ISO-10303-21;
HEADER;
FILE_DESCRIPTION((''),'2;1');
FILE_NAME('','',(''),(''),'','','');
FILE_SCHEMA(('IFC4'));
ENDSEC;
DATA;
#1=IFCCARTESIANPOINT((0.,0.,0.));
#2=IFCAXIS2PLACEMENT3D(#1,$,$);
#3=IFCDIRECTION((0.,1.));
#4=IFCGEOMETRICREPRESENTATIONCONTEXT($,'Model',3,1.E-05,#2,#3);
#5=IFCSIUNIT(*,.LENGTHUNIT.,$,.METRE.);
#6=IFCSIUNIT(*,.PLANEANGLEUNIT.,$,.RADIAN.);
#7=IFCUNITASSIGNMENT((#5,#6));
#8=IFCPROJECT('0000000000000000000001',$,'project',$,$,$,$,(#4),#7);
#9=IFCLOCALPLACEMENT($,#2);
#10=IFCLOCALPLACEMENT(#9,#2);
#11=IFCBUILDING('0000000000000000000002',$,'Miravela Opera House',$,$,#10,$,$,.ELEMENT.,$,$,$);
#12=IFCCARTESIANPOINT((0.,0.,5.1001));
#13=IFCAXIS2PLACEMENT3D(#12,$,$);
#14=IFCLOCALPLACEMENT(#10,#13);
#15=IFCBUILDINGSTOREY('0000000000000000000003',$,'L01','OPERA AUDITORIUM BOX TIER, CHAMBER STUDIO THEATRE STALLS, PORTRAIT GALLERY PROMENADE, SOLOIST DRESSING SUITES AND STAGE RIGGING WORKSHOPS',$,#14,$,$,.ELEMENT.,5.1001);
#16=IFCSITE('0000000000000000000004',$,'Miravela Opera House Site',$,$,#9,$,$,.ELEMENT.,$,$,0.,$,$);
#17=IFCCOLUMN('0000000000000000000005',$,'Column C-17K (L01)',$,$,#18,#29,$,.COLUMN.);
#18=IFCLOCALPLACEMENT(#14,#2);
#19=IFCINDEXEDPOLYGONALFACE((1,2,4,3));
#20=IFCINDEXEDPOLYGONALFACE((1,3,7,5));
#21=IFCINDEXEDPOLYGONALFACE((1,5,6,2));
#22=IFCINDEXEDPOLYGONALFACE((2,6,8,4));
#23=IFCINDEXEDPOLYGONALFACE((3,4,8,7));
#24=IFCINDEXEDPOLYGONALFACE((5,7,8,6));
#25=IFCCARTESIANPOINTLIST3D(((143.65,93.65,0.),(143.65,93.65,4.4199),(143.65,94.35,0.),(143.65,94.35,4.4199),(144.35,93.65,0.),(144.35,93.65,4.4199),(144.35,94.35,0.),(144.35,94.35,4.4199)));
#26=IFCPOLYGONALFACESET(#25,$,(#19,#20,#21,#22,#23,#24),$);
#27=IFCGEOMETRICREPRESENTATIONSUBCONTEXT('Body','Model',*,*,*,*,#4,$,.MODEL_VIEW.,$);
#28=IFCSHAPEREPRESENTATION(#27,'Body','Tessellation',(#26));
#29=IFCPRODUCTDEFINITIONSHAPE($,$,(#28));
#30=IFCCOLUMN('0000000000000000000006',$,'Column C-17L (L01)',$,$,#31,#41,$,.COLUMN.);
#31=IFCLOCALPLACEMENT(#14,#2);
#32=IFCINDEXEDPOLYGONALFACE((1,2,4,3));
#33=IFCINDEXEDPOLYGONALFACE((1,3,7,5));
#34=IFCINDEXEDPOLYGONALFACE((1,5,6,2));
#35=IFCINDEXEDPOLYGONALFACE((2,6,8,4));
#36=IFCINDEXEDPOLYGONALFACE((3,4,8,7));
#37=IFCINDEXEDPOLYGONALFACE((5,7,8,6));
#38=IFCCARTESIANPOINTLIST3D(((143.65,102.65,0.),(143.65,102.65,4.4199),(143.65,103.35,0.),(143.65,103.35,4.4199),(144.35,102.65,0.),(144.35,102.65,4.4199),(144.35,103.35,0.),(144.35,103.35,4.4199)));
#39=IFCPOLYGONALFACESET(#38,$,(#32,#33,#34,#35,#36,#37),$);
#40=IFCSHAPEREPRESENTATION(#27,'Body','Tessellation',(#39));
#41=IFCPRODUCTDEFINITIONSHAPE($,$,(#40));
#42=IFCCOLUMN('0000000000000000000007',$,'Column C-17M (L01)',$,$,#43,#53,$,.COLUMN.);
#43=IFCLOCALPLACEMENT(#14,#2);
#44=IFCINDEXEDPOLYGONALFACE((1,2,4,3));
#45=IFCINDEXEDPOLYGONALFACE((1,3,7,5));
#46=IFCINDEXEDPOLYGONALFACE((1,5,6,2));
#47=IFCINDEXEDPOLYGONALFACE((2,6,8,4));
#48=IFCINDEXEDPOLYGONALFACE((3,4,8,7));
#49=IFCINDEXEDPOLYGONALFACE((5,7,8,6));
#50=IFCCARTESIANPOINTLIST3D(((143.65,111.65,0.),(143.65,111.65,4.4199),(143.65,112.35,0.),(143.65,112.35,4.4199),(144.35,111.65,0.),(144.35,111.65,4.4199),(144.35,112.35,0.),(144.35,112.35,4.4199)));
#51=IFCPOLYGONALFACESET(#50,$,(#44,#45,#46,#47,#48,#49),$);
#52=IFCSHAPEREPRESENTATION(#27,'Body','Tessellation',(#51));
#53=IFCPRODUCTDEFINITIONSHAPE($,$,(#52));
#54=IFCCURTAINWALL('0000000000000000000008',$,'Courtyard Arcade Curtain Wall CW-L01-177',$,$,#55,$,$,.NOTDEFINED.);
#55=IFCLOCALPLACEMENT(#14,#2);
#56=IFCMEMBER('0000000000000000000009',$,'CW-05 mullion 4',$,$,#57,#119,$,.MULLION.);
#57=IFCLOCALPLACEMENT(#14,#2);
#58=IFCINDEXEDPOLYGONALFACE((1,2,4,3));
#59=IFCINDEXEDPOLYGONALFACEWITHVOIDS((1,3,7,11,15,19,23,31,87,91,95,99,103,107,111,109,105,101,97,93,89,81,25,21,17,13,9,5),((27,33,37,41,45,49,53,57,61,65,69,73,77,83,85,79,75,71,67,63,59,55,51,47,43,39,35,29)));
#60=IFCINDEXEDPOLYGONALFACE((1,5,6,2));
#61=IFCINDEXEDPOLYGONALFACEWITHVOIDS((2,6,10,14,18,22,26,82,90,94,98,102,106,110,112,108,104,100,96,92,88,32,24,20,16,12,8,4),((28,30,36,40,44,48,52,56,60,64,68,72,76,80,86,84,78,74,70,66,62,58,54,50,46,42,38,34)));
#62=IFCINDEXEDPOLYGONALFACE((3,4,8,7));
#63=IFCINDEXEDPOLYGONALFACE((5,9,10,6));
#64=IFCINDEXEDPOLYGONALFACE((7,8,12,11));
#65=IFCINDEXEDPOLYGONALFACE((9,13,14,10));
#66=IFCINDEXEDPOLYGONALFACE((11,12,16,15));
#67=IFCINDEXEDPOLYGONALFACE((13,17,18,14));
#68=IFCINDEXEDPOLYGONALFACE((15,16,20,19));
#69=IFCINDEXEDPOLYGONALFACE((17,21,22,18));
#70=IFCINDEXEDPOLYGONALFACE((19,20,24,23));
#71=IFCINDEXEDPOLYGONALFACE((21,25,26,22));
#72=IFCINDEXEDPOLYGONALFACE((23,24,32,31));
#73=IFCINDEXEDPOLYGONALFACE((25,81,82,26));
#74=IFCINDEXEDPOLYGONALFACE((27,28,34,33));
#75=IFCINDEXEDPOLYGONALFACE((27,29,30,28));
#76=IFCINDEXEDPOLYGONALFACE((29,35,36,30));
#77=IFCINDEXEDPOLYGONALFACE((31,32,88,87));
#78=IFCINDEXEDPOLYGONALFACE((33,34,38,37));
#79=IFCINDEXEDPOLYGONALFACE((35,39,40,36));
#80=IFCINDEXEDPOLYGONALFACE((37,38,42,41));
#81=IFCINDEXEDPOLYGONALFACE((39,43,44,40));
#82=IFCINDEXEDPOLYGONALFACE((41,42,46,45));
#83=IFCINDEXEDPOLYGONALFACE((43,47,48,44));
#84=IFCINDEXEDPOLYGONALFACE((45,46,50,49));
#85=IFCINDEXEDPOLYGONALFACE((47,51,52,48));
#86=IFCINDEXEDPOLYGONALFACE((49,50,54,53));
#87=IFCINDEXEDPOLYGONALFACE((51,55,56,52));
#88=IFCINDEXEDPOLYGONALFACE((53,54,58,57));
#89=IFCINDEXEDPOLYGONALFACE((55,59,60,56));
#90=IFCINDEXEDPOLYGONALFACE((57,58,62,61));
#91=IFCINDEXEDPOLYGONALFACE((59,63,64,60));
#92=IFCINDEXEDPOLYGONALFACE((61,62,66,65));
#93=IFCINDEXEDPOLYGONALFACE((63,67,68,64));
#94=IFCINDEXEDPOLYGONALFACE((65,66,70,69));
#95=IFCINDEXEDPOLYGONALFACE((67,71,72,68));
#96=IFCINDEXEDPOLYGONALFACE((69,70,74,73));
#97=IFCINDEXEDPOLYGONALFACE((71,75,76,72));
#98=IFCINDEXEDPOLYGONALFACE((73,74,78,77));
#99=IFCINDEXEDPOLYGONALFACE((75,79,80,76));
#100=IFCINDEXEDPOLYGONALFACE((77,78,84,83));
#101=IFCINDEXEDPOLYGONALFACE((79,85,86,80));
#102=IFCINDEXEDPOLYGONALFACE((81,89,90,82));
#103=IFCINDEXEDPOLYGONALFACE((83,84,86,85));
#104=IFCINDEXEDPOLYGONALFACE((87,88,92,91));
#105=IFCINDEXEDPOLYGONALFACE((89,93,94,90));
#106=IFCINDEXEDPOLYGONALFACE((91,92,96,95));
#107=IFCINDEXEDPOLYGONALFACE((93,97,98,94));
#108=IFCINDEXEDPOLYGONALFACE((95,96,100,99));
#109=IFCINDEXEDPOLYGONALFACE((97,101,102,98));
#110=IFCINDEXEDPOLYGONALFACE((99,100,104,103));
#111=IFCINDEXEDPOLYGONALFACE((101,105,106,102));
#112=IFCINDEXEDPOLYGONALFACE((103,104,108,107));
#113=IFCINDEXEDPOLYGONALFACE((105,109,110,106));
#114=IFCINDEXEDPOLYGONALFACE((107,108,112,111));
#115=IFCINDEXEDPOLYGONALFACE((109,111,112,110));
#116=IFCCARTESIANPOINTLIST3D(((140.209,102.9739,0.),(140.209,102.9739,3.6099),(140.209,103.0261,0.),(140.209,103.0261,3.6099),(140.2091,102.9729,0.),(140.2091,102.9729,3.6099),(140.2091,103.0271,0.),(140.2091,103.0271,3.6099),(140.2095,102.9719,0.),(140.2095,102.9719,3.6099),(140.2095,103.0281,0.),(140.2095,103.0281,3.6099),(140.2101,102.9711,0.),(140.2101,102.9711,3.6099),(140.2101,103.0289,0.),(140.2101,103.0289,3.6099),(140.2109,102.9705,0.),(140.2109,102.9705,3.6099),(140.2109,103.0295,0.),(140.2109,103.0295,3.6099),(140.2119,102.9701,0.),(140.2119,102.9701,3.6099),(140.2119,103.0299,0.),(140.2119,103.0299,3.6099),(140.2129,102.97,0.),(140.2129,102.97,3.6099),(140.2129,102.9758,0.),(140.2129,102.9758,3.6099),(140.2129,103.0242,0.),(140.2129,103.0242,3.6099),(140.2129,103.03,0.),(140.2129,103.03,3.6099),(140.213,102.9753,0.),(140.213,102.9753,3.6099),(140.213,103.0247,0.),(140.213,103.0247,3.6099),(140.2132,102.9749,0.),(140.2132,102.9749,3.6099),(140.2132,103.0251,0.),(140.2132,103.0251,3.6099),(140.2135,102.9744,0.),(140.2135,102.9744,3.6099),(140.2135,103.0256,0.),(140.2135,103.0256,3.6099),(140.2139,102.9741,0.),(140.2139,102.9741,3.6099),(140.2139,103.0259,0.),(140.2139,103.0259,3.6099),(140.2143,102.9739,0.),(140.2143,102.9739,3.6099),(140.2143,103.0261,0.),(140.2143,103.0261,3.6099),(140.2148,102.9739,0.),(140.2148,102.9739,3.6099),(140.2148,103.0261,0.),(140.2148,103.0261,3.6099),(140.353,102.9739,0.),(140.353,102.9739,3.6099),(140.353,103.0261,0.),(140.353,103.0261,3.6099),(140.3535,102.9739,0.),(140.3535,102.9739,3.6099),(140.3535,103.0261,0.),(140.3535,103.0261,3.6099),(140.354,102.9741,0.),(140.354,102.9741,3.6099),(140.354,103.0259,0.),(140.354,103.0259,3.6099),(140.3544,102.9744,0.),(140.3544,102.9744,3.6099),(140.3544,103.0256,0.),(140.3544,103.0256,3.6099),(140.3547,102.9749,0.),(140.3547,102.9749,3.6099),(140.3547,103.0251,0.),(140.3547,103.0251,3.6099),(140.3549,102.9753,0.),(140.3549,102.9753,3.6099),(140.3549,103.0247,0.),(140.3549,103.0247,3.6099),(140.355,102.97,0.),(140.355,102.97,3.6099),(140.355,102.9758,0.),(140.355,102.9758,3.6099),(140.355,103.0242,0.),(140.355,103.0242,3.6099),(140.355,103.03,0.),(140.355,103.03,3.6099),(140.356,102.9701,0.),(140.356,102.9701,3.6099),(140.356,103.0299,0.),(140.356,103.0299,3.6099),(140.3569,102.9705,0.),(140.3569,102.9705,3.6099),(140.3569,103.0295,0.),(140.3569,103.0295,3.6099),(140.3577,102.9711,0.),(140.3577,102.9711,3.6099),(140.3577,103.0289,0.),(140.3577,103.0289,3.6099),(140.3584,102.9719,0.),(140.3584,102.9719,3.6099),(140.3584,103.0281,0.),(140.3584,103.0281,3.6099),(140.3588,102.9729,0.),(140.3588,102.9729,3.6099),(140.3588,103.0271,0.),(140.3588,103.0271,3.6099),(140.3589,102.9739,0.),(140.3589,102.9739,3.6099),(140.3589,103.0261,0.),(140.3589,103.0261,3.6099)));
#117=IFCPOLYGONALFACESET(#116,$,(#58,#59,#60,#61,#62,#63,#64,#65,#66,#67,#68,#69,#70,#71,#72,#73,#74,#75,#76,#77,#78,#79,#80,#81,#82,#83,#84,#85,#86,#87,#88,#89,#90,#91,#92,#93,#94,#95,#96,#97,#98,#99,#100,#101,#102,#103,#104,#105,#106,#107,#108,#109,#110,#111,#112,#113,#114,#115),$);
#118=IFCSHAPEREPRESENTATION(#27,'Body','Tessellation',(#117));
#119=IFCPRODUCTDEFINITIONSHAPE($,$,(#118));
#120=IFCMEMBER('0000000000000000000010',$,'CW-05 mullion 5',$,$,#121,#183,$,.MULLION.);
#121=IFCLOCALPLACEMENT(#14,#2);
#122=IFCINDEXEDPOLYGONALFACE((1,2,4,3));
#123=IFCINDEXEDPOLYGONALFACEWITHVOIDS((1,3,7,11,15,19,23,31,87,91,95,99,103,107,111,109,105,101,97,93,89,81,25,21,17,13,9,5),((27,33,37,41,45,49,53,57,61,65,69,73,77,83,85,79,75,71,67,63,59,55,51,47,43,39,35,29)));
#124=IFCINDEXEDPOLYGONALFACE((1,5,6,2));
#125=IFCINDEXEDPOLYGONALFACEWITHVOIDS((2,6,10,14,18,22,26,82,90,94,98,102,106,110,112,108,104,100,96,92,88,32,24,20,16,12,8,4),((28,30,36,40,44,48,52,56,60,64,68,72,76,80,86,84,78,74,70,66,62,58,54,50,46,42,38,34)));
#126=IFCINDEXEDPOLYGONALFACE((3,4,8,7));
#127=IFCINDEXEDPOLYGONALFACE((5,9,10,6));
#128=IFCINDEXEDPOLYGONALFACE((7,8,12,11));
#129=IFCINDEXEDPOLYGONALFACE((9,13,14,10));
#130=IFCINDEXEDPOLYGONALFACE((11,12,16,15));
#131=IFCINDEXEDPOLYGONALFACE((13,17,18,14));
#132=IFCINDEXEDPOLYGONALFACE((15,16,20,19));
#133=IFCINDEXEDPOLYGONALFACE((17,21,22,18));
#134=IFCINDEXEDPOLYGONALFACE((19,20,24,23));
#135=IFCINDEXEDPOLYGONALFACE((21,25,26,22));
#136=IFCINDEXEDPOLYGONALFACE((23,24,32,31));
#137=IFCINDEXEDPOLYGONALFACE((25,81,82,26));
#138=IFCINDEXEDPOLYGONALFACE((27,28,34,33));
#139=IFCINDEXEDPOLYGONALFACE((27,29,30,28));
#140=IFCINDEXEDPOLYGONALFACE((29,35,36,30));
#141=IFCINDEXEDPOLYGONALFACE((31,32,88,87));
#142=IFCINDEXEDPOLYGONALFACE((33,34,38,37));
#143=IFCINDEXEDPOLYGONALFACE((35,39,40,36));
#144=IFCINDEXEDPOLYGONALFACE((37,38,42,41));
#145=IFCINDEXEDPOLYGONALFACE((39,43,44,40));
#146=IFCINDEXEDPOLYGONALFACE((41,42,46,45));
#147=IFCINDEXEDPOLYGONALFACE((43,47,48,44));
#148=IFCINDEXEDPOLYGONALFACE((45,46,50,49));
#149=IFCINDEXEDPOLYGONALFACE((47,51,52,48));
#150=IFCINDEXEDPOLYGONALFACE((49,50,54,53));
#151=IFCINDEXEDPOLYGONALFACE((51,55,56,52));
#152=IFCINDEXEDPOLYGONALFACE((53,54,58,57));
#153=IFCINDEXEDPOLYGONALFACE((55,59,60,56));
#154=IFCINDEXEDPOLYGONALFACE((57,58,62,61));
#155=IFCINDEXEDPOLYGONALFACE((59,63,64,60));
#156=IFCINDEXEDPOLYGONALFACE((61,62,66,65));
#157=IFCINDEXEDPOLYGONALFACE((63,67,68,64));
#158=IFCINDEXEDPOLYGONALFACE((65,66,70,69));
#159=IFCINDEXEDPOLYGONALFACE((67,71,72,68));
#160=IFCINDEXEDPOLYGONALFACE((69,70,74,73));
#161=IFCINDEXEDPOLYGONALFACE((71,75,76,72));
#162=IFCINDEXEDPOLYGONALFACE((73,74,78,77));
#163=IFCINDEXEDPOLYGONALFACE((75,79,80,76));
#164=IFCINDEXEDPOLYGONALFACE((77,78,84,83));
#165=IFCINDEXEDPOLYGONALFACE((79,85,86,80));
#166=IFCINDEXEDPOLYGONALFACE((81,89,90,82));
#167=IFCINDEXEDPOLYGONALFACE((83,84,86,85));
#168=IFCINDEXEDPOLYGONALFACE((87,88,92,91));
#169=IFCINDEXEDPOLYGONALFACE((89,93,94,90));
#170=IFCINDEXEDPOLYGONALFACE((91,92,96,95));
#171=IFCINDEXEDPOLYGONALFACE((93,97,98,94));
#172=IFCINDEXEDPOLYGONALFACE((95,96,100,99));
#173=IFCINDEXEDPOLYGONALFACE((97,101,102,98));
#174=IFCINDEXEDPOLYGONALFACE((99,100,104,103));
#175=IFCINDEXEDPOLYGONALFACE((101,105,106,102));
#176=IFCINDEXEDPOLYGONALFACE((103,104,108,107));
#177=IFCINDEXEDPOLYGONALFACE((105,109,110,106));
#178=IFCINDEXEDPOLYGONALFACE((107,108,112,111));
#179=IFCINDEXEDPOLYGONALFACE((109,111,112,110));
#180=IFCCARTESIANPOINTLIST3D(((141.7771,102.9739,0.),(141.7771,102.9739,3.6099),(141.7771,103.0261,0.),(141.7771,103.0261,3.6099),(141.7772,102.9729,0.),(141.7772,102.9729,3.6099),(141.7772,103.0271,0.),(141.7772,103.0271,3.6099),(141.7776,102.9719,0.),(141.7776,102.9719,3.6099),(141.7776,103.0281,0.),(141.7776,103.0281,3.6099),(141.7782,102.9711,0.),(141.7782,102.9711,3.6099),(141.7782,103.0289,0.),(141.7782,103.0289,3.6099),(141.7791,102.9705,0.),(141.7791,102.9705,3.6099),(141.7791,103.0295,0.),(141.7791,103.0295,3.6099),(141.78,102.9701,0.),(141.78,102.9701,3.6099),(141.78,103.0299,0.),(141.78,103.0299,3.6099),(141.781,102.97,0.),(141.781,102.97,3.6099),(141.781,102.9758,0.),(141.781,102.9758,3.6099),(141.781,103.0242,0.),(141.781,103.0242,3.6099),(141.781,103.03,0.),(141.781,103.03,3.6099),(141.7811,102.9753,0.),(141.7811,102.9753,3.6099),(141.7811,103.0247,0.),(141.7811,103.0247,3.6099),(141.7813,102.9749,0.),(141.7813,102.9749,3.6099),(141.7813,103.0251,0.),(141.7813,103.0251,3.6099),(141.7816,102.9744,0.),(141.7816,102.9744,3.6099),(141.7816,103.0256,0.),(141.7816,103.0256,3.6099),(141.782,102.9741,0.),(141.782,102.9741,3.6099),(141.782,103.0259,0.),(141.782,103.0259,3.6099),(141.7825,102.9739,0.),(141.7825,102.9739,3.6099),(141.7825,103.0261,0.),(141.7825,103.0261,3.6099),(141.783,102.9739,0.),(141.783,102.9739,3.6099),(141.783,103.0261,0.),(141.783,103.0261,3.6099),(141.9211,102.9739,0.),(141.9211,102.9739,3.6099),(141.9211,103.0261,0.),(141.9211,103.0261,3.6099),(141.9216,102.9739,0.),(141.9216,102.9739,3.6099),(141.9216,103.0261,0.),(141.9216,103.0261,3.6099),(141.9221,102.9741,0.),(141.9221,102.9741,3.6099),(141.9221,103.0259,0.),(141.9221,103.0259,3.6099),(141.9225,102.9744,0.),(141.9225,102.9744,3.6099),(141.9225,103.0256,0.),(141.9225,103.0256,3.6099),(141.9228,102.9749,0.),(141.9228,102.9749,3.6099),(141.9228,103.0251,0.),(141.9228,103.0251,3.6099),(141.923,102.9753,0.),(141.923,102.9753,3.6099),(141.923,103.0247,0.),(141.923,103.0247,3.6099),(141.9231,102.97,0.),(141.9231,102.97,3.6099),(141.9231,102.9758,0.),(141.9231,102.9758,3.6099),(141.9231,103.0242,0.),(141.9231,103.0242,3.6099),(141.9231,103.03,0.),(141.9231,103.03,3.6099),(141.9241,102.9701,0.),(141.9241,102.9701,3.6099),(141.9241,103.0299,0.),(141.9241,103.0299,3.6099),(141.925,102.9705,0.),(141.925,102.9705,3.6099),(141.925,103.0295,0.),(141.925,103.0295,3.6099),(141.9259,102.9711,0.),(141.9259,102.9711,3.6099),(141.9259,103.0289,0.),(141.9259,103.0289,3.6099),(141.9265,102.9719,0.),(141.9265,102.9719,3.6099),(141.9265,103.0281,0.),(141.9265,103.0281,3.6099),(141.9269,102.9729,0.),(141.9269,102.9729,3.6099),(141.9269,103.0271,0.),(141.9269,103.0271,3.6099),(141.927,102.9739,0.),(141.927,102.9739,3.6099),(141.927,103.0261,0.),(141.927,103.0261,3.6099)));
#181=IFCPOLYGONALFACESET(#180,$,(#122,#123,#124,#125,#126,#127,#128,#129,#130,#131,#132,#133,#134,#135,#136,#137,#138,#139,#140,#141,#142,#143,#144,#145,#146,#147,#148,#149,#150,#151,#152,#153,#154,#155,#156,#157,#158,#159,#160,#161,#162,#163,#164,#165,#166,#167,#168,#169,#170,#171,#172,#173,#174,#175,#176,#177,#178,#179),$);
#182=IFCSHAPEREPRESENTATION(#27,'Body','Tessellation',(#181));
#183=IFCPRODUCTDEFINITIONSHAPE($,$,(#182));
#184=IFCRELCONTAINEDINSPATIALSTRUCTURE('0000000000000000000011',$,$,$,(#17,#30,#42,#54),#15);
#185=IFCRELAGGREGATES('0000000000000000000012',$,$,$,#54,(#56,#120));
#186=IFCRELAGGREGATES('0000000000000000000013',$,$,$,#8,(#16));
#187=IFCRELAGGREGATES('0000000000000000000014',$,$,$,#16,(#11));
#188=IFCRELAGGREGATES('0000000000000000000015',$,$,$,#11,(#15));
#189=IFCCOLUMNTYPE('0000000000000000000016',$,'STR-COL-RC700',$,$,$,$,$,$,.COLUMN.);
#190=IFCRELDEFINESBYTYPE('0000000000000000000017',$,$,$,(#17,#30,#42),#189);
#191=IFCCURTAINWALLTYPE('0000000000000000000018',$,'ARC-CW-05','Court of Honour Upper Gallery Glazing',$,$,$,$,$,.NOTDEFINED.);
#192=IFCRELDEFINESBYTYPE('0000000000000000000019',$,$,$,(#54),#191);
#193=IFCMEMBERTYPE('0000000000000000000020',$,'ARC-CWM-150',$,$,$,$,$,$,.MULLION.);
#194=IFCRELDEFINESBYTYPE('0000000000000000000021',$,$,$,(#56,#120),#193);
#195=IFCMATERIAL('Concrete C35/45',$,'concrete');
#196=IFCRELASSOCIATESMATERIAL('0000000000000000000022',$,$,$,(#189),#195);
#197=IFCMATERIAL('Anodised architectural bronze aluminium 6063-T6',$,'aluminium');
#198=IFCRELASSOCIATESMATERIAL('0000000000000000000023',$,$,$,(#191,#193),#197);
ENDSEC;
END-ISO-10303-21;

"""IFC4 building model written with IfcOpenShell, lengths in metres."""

from ifc_helpers import new_model, si_unit, direction, frame, origin, origin_2d, place, context, subcontext, project, spatial, rectangle, hollow_rectangle, extrude, material, material_profile, profile_set, type_object, element, aggregate, save


model = new_model("IFC4")

# Units and contexts
model_context = context("Model", 3, precision=1e-05, world=origin(), true_north=direction((0.0, 1.0)))
body_context = subcontext(model_context, "Body", "Model", "MODEL_VIEW")
ifc_project = project(units=[si_unit("LENGTHUNIT", "METRE"), si_unit("PLANEANGLEUNIT", "RADIAN")], contexts=[model_context])

# Site, building, storey
site_placement = place(None, origin())
site = spatial("IfcSite", under=ifc_project, at=site_placement, Name="Miravela Opera House Site", CompositionType="ELEMENT", RefElevation=0.0)
building_placement = place(site_placement, origin())
building = spatial("IfcBuilding", under=site, at=building_placement, Name="Miravela Opera House", CompositionType="ELEMENT")
storey_placement = place(building_placement, frame((0.0, 0.0, 5.1001)))
storey = spatial("IfcBuildingStorey", under=building, at=storey_placement, Name="L01", Description="OPERA AUDITORIUM BOX TIER, CHAMBER STUDIO THEATRE STALLS, PORTRAIT GALLERY PROMENADE, SOLOIST DRESSING SUITES AND STAGE RIGGING WORKSHOPS", CompositionType="ELEMENT", Elevation=5.1001)

# Columns
ifc_material_1 = material(Name="Concrete C35/45", Category="concrete")
ifc_material_profile_1 = material_profile(ifc_material_1, rectangle(XDim=0.7, YDim=0.7, at=origin_2d()), Name="RC-COL-700X700")
ifc_profile_set_1 = profile_set([ifc_material_profile_1])
column_type = type_object("IfcColumnType", Name="STR-COL-RC700", PredefinedType="COLUMN", material=ifc_profile_set_1)
for number, where, z_axis, x_axis, name in (
    (1, (144.0, 94.0, 0.0), (0.0, 0.0, 1.0), (1.0, 0.0, 0.0), "Column C-17K (L01)"),
    (2, (144.0, 103.0, 0.0), (0.0, 0.0, 1.0), (1.0, 0.0, 0.0), "Column C-17L (L01)"),
    (3, (144.0, 112.0, 0.0), (0.0, 0.0, 1.0), (1.0, 0.0, 0.0), "Column C-17M (L01)"),
):
    element("IfcColumn", number, at=place(storey_placement, frame(where, z_axis=z_axis, x_axis=x_axis)), inside=storey, type_object=column_type, Name=name, PredefinedType="COLUMN", context=body_context, shape_type="SweptSolid", body=[
        extrude(rectangle(XDim=0.7, YDim=0.7, at=origin_2d()), origin(), (0.0, 0.0, 1.0), 4.4199),
    ])

# Curtain wall, members
ifc_material_2 = material(Name="Anodised architectural bronze aluminium 6063-T6", Category="aluminium")
curtain_wall_type = type_object("IfcCurtainWallType", Name="ARC-CW-05", Description="Court of Honour Upper Gallery Glazing", PredefinedType="NOTDEFINED", material=ifc_material_2)
curtain_wall_placement = place(storey_placement, origin())
curtain_wall = element("IfcCurtainWall", 4, at=curtain_wall_placement, inside=storey, type_object=curtain_wall_type, Name="Courtyard Arcade Curtain Wall CW-L01-177", PredefinedType="NOTDEFINED")
ifc_material_profile_2 = material_profile(ifc_material_2, hollow_rectangle(XDim=0.0601, YDim=0.1499, WallThickness=0.0039, InnerFilletRadius=0.002, OuterFilletRadius=0.0039, at=origin_2d()), Name="CWM-60X150")
ifc_profile_set_2 = profile_set([ifc_material_profile_2])
member_type_1 = type_object("IfcMemberType", Name="ARC-CWM-150", PredefinedType="MULLION", material=ifc_profile_set_2)
member_1_placement = place(storey_placement, frame((140.2839, 103.0, 0.0), z_axis=(0.0, 0.0, 1.0), x_axis=(0.0, 1.0, 0.0)))
member_1 = element("IfcMember", 5, at=member_1_placement, type_object=member_type_1, Name="CW-05 mullion 4", PredefinedType="MULLION", context=body_context, shape_type="SweptSolid", body=[
    extrude(hollow_rectangle(XDim=0.0601, YDim=0.1499, WallThickness=0.0039, InnerFilletRadius=0.002, OuterFilletRadius=0.0039, at=origin_2d()), origin(), (0.0, 0.0, 1.0), 3.6099),
])
member_2_placement = place(storey_placement, frame((141.8521, 103.0, 0.0), z_axis=(0.0, 0.0, 1.0), x_axis=(0.0, 1.0, 0.0)))
member_2 = element("IfcMember", 6, at=member_2_placement, type_object=member_type_1, Name="CW-05 mullion 5", PredefinedType="MULLION", context=body_context, shape_type="SweptSolid", body=[
    extrude(hollow_rectangle(XDim=0.0601, YDim=0.1499, WallThickness=0.0039, InnerFilletRadius=0.002, OuterFilletRadius=0.0039, at=origin_2d()), origin(), (0.0, 0.0, 1.0), 3.6099),
])

aggregate(curtain_wall, [member_1, member_2])

save(model, "model.ifc")
